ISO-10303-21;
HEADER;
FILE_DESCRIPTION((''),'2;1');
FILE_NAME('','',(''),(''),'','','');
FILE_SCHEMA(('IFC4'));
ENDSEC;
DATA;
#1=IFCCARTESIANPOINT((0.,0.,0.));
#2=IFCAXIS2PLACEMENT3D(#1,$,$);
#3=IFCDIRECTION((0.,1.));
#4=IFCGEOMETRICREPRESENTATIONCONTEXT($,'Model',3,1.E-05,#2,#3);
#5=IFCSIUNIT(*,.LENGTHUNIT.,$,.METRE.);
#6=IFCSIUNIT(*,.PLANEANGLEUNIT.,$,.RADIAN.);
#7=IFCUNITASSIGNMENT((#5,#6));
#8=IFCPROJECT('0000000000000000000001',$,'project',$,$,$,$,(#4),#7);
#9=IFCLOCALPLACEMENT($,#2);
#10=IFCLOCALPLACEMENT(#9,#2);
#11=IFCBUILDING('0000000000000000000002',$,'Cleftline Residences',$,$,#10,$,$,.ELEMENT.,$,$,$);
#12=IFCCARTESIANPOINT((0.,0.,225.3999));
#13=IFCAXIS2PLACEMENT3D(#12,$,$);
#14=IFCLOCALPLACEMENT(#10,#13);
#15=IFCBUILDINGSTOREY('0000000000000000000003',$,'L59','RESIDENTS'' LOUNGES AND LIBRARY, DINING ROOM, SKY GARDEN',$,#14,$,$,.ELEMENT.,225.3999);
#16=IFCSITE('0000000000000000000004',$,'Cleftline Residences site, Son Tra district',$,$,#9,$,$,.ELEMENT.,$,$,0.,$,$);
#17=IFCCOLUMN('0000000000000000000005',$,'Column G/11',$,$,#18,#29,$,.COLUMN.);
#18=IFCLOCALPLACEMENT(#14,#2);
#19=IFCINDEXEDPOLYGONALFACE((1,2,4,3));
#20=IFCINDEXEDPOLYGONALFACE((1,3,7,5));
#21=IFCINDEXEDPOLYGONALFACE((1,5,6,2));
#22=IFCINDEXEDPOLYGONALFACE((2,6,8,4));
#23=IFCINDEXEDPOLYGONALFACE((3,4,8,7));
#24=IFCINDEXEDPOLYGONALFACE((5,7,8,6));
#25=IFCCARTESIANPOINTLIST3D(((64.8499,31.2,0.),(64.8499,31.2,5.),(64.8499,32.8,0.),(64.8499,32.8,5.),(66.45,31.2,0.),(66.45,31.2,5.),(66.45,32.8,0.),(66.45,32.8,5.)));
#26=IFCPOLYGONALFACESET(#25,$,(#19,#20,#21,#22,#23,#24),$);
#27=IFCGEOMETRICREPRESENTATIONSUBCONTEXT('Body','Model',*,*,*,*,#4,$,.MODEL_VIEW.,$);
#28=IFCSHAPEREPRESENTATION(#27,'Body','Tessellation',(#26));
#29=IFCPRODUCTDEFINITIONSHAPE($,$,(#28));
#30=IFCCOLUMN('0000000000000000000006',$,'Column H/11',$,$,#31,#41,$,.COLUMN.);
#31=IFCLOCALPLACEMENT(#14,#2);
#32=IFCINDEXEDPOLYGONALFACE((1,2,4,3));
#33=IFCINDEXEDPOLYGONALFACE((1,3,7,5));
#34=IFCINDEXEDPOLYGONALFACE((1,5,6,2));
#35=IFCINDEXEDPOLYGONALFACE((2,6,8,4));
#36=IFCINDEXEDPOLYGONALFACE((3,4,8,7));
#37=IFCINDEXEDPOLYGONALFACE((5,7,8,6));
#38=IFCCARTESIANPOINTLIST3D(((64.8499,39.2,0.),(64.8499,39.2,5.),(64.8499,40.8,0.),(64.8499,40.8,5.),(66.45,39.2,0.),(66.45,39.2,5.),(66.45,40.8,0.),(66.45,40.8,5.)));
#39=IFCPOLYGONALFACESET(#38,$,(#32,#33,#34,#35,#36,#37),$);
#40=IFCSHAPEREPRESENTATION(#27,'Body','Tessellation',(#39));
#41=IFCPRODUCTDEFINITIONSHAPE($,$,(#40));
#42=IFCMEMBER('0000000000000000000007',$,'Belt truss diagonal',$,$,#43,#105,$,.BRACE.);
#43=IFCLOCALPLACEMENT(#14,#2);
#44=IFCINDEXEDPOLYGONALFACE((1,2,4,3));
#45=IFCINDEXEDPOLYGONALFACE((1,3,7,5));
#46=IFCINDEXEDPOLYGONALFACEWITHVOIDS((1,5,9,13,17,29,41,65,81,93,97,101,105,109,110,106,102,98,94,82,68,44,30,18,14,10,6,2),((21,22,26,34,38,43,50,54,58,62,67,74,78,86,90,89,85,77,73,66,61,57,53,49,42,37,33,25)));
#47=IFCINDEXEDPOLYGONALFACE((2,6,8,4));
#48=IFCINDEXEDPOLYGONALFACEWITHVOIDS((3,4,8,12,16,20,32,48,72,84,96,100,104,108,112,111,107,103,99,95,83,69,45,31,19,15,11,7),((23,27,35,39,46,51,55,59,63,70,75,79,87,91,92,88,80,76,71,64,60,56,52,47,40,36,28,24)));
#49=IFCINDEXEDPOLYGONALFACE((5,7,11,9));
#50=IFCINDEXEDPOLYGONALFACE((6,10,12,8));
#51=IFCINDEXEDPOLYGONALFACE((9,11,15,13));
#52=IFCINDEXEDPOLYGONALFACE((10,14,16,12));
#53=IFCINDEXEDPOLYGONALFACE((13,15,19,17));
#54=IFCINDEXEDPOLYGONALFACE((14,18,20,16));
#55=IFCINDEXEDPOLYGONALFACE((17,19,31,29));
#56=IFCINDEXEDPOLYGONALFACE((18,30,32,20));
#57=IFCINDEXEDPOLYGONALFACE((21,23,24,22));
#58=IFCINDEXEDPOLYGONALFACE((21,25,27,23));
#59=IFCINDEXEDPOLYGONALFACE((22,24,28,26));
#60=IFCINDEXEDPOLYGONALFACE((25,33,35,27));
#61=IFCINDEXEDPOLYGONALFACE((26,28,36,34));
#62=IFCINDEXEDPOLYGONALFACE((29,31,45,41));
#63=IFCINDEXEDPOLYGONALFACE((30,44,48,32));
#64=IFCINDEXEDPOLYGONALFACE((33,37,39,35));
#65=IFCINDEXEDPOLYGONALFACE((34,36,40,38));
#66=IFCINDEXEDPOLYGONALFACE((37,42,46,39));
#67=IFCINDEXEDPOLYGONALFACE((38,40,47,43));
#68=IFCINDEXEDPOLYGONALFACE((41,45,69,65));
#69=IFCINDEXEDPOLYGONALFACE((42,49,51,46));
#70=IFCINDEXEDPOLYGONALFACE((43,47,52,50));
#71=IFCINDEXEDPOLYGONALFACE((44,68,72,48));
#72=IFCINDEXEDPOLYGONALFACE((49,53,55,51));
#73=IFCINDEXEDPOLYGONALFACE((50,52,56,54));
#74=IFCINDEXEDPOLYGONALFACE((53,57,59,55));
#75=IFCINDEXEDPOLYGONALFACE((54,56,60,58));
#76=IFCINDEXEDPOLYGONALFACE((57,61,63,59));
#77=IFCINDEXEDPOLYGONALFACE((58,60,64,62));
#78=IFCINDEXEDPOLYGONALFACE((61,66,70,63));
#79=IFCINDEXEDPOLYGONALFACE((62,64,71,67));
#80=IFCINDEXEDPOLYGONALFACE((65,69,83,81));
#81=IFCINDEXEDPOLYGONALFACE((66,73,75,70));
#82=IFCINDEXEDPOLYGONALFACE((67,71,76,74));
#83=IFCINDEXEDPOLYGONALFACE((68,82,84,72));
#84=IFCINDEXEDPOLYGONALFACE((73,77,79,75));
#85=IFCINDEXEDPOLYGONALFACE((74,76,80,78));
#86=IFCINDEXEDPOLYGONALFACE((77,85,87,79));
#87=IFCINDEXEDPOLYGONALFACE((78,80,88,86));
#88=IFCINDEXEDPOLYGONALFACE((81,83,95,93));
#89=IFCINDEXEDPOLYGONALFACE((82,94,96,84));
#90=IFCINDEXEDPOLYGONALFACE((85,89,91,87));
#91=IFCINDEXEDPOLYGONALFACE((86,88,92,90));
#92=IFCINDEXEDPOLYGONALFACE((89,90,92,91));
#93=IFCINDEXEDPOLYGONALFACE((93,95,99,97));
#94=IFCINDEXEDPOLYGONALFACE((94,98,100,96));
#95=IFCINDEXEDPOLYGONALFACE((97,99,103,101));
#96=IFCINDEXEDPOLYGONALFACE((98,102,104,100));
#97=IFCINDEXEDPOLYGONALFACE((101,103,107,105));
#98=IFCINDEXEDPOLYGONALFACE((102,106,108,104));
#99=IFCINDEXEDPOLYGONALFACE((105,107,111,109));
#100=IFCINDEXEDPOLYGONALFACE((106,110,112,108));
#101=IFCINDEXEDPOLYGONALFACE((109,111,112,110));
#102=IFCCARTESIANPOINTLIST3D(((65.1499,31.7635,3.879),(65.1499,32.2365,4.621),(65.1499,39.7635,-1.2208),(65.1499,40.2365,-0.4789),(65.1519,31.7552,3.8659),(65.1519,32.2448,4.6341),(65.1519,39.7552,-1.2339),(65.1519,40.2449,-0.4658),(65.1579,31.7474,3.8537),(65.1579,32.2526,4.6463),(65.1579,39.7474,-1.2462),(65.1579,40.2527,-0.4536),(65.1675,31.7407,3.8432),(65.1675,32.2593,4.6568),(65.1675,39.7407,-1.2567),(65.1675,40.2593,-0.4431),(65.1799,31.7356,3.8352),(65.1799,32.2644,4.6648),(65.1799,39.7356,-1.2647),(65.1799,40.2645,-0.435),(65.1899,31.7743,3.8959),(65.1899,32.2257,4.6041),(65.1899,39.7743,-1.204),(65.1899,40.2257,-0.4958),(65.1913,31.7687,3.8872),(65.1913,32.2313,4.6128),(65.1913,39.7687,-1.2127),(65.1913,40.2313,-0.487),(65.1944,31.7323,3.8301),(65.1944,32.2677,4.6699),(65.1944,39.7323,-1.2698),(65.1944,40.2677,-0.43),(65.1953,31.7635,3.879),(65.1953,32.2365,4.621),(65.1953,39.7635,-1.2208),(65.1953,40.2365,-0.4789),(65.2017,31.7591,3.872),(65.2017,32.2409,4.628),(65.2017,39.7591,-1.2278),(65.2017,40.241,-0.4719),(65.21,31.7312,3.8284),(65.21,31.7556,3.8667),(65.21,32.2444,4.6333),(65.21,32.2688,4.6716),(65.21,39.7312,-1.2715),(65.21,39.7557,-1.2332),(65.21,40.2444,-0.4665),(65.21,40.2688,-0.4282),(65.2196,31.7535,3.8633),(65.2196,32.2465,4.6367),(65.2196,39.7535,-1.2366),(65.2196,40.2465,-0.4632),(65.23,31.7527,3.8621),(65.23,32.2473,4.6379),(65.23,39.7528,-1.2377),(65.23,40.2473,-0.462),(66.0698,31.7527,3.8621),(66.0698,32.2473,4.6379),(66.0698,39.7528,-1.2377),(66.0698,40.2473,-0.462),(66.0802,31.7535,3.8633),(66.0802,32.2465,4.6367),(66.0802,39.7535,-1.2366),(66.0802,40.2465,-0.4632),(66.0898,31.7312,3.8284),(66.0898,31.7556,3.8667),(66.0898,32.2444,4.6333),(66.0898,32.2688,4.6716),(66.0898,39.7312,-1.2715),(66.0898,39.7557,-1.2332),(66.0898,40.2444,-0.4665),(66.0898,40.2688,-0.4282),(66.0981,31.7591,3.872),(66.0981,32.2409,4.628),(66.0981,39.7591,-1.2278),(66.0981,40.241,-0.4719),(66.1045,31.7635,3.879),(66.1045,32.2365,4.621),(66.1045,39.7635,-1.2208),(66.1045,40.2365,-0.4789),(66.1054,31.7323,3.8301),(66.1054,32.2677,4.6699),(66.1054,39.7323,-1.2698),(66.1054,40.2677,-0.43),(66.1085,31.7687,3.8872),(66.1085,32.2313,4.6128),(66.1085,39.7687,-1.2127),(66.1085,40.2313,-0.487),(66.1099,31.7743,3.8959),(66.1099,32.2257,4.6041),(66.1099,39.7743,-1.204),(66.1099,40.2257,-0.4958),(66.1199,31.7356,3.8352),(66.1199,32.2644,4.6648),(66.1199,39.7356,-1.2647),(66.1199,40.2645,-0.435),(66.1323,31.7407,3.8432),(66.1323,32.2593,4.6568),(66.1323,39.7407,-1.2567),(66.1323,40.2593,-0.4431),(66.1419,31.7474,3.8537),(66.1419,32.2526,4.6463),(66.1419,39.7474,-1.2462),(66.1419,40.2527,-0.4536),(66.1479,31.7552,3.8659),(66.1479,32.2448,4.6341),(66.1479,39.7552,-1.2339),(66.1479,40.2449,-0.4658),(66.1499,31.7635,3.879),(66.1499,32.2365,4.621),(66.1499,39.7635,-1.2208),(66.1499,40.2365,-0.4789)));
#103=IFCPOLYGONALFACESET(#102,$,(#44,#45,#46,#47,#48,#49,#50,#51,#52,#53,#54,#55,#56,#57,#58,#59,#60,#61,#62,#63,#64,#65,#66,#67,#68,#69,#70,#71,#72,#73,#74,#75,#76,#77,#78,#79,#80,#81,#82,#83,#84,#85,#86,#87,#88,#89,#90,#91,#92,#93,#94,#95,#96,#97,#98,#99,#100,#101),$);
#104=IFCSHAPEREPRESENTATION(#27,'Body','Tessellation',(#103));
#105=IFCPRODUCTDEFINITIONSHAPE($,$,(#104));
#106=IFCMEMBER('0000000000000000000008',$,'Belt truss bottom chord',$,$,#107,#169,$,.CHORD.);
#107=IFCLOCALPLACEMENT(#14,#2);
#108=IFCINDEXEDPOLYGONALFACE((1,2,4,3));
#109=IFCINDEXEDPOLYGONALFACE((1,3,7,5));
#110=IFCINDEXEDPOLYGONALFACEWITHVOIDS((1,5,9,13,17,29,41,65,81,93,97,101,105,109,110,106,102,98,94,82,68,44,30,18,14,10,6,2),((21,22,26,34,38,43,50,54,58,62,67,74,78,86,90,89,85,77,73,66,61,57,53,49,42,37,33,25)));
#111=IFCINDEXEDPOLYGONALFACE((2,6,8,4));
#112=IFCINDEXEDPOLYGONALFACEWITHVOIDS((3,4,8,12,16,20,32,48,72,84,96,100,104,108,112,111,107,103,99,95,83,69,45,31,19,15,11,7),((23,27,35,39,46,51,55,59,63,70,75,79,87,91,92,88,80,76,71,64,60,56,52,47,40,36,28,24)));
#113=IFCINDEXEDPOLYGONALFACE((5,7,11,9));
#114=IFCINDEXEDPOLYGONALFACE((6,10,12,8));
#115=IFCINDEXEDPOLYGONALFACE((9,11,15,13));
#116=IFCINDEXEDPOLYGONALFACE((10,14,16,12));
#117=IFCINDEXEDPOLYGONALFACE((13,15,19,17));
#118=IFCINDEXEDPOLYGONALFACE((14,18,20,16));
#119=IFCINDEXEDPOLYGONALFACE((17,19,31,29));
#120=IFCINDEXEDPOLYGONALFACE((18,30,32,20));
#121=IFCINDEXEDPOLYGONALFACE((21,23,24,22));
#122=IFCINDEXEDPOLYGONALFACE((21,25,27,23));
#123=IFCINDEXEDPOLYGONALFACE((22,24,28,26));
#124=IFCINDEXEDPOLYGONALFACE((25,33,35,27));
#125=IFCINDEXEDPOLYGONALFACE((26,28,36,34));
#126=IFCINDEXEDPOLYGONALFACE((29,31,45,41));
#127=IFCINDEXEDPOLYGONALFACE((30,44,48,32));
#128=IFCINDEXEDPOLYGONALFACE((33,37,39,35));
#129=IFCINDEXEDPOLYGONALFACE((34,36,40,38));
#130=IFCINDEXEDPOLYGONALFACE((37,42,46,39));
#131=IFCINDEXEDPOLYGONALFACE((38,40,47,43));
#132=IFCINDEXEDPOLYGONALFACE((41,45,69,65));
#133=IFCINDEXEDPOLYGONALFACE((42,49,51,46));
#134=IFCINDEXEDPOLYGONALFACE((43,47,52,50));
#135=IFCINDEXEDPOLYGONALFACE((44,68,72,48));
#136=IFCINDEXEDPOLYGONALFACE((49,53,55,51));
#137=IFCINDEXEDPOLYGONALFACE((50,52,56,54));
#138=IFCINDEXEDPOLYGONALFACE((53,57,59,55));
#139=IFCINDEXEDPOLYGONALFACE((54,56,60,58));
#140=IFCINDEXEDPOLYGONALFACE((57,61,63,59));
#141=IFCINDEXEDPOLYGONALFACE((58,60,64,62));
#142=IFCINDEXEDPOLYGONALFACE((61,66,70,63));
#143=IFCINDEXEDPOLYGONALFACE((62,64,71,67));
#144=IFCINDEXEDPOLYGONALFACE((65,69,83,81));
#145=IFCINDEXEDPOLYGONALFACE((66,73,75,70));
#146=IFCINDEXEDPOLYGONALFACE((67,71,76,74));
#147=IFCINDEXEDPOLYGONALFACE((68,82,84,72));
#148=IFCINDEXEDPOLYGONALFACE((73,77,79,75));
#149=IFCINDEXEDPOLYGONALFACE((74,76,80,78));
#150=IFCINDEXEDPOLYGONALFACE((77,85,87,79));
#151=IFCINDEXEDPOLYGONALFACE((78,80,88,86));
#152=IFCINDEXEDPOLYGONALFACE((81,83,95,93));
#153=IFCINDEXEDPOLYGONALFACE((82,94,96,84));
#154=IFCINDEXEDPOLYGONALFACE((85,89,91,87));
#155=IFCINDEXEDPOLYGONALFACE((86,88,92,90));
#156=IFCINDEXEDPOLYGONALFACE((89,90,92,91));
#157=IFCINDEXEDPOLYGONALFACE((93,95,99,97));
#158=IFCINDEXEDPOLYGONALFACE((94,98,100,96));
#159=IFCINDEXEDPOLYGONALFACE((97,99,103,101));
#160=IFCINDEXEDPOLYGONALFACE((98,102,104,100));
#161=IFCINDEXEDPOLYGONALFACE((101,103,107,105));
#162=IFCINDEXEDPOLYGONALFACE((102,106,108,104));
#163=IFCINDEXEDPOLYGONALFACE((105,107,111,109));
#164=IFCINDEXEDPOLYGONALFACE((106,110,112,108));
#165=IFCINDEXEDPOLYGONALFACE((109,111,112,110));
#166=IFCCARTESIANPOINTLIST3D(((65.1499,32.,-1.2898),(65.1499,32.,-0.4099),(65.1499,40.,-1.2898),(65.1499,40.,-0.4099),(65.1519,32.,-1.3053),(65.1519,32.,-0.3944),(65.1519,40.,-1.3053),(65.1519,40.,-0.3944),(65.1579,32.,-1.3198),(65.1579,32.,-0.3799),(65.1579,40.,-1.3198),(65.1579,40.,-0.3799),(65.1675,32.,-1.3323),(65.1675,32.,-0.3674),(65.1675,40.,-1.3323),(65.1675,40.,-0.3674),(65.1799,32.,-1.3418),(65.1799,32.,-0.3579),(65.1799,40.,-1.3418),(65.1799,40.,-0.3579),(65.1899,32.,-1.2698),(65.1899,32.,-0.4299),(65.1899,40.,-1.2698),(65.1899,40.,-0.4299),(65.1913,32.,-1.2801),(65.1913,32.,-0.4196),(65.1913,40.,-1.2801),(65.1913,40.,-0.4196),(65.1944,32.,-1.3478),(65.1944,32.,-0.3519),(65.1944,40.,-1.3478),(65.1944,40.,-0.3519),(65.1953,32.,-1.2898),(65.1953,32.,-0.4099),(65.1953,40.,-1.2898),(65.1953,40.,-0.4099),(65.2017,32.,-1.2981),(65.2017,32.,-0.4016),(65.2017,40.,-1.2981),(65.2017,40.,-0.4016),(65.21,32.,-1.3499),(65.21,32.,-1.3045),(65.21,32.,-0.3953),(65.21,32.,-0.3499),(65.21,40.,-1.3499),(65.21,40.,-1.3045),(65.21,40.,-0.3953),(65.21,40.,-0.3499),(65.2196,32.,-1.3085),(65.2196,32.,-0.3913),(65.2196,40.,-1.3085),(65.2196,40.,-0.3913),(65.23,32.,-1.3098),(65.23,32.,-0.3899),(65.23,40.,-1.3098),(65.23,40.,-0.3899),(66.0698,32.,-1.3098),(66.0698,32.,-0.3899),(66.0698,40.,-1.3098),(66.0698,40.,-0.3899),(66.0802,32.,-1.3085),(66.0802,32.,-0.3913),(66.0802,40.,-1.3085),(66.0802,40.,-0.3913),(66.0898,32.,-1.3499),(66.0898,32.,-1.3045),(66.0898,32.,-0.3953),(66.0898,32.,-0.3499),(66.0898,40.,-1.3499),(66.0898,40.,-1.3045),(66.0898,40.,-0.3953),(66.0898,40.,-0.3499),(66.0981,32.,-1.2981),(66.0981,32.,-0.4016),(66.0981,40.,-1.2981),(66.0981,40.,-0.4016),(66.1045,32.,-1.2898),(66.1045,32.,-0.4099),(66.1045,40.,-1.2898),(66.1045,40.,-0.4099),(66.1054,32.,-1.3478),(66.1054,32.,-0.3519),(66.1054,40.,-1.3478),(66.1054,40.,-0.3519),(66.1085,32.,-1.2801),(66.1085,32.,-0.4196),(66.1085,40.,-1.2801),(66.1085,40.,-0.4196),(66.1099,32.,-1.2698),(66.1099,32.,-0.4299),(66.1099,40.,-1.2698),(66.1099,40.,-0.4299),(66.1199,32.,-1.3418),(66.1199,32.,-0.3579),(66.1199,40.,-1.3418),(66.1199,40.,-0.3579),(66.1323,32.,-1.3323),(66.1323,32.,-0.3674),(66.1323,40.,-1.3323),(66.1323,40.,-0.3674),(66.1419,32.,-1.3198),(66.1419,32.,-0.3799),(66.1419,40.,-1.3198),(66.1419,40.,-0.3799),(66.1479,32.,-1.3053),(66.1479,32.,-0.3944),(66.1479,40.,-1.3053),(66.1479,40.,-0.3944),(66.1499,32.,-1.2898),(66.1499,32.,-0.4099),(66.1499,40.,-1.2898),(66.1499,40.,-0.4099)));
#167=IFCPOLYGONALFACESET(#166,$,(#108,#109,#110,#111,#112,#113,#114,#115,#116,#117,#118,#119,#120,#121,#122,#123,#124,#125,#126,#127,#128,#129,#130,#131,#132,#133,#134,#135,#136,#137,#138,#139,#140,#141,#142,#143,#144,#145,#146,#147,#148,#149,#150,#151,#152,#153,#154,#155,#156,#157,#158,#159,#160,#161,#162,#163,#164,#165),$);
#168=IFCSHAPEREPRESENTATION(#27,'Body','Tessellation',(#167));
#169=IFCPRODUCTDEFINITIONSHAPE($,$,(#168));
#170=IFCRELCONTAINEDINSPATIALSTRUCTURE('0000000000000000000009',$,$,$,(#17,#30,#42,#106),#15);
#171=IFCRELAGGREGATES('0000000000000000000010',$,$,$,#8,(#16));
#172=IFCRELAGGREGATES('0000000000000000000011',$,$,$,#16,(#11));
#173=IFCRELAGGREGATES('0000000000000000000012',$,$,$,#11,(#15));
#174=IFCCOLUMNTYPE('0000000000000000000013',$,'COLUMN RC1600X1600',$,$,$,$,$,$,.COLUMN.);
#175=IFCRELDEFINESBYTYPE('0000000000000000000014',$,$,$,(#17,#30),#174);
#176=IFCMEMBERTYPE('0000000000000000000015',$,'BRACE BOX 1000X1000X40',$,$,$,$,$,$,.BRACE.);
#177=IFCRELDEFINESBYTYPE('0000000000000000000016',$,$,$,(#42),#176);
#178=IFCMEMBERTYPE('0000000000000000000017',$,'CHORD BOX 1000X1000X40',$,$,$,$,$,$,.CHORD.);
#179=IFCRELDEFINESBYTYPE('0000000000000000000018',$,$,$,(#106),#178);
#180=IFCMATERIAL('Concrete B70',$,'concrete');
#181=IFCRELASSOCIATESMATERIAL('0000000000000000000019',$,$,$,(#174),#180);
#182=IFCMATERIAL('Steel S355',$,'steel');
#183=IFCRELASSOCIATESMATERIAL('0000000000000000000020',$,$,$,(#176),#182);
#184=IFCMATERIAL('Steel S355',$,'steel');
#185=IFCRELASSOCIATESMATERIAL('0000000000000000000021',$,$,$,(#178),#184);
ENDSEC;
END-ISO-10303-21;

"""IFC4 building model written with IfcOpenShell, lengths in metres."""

from ifc_helpers import new_model, si_unit, direction, frame, origin, origin_2d, place, context, subcontext, project, spatial, rectangle, hollow_rectangle, extrude, material, material_profile, profile_set, type_object, element, save


model = new_model("IFC4")

# Units and contexts
model_context = context("Model", 3, precision=1e-05, world=origin(), true_north=direction((0.0, 1.0)))
body_context = subcontext(model_context, "Body", "Model", "MODEL_VIEW")
ifc_project = project(units=[si_unit("LENGTHUNIT", "METRE"), si_unit("PLANEANGLEUNIT", "RADIAN")], contexts=[model_context])

# Site, building, storey
site_placement = place(None, origin())
site = spatial("IfcSite", under=ifc_project, at=site_placement, Name="Cleftline Residences site, Son Tra district", CompositionType="ELEMENT", RefElevation=0.0)
building_placement = place(site_placement, origin())
building = spatial("IfcBuilding", under=site, at=building_placement, Name="Cleftline Residences", CompositionType="ELEMENT")
storey_placement = place(building_placement, frame((0.0, 0.0, 225.3999)))
storey = spatial("IfcBuildingStorey", under=building, at=storey_placement, Name="L59", Description="RESIDENTS' LOUNGES AND LIBRARY, DINING ROOM, SKY GARDEN", CompositionType="ELEMENT", Elevation=225.3999)

# Columns
ifc_material_1 = material(Name="Concrete B70", Category="concrete")
ifc_material_profile_1 = material_profile(ifc_material_1, rectangle(XDim=1.6001, YDim=1.6001, at=origin_2d()))
ifc_profile_set_1 = profile_set([ifc_material_profile_1], Name="Concrete B70")
column_type = type_object("IfcColumnType", Name="COLUMN RC1600X1600", PredefinedType="COLUMN", material=ifc_profile_set_1)
for number, where, z_axis, x_axis, name in (
    (1, (65.6499, 32.0, 0.0), (0.0, 0.0, 1.0), (1.0, 0.0, 0.0), "Column G/11"),
    (2, (65.6499, 40.0, 0.0), (0.0, 0.0, 1.0), (1.0, 0.0, 0.0), "Column H/11"),
):
    element("IfcColumn", number, at=place(storey_placement, frame(where, z_axis=z_axis, x_axis=x_axis)), inside=storey, type_object=column_type, Name=name, PredefinedType="COLUMN", context=body_context, shape_type="SweptSolid", body=[
        extrude(rectangle(XDim=1.6001, YDim=1.6001, at=origin_2d()), origin(), (0.0, 0.0, 1.0), 5.0),
    ])

# Members
ifc_material_2 = material(Name="Steel S355", Category="steel")
ifc_material_profile_2 = material_profile(ifc_material_2, hollow_rectangle(XDim=1.0, YDim=1.0, WallThickness=0.04, InnerFilletRadius=0.04, OuterFilletRadius=0.0601, at=origin_2d()))
ifc_profile_set_2 = profile_set([ifc_material_profile_2], Name="Steel S355")
member_type_1 = type_object("IfcMemberType", Name="BRACE BOX 1000X1000X40", PredefinedType="BRACE", material=ifc_profile_set_2)
member_1_placement = place(storey_placement, frame((65.6499, 32.0, 4.25), z_axis=(0.0, 0.843234, -0.537546), x_axis=(0.0, 0.537546, 0.843234)))
element("IfcMember", 3, at=member_1_placement, inside=storey, type_object=member_type_1, Name="Belt truss diagonal", PredefinedType="BRACE", context=body_context, shape_type="SweptSolid", body=[
    extrude(hollow_rectangle(XDim=1.0, YDim=1.0, WallThickness=0.04, InnerFilletRadius=0.04, OuterFilletRadius=0.0601, at=origin_2d()), origin(), (0.0, 0.0, 1.0), 9.4873),
])
ifc_material_3 = material(Name="Steel S355", Category="steel")
ifc_material_profile_3 = material_profile(ifc_material_3, hollow_rectangle(XDim=1.0, YDim=1.0, WallThickness=0.04, InnerFilletRadius=0.04, OuterFilletRadius=0.0601, at=origin_2d()))
ifc_profile_set_3 = profile_set([ifc_material_profile_3], Name="Steel S355")
member_type_2 = type_object("IfcMemberType", Name="CHORD BOX 1000X1000X40", PredefinedType="CHORD", material=ifc_profile_set_3)
for number, where, z_axis, x_axis, name in (
    (4, (65.6499, 32.0, -0.8499), (0.0, 1.0, 0.0), (-1.0, 0.0, 0.0), "Belt truss bottom chord"),
):
    element("IfcMember", number, at=place(storey_placement, frame(where, z_axis=z_axis, x_axis=x_axis)), inside=storey, type_object=member_type_2, Name=name, PredefinedType="CHORD", context=body_context, shape_type="SweptSolid", body=[
        extrude(hollow_rectangle(XDim=1.0, YDim=1.0, WallThickness=0.04, InnerFilletRadius=0.04, OuterFilletRadius=0.0601, at=origin_2d()), origin(), (0.0, 0.0, 1.0), 8.0),
    ])

save(model, "model.ifc")
